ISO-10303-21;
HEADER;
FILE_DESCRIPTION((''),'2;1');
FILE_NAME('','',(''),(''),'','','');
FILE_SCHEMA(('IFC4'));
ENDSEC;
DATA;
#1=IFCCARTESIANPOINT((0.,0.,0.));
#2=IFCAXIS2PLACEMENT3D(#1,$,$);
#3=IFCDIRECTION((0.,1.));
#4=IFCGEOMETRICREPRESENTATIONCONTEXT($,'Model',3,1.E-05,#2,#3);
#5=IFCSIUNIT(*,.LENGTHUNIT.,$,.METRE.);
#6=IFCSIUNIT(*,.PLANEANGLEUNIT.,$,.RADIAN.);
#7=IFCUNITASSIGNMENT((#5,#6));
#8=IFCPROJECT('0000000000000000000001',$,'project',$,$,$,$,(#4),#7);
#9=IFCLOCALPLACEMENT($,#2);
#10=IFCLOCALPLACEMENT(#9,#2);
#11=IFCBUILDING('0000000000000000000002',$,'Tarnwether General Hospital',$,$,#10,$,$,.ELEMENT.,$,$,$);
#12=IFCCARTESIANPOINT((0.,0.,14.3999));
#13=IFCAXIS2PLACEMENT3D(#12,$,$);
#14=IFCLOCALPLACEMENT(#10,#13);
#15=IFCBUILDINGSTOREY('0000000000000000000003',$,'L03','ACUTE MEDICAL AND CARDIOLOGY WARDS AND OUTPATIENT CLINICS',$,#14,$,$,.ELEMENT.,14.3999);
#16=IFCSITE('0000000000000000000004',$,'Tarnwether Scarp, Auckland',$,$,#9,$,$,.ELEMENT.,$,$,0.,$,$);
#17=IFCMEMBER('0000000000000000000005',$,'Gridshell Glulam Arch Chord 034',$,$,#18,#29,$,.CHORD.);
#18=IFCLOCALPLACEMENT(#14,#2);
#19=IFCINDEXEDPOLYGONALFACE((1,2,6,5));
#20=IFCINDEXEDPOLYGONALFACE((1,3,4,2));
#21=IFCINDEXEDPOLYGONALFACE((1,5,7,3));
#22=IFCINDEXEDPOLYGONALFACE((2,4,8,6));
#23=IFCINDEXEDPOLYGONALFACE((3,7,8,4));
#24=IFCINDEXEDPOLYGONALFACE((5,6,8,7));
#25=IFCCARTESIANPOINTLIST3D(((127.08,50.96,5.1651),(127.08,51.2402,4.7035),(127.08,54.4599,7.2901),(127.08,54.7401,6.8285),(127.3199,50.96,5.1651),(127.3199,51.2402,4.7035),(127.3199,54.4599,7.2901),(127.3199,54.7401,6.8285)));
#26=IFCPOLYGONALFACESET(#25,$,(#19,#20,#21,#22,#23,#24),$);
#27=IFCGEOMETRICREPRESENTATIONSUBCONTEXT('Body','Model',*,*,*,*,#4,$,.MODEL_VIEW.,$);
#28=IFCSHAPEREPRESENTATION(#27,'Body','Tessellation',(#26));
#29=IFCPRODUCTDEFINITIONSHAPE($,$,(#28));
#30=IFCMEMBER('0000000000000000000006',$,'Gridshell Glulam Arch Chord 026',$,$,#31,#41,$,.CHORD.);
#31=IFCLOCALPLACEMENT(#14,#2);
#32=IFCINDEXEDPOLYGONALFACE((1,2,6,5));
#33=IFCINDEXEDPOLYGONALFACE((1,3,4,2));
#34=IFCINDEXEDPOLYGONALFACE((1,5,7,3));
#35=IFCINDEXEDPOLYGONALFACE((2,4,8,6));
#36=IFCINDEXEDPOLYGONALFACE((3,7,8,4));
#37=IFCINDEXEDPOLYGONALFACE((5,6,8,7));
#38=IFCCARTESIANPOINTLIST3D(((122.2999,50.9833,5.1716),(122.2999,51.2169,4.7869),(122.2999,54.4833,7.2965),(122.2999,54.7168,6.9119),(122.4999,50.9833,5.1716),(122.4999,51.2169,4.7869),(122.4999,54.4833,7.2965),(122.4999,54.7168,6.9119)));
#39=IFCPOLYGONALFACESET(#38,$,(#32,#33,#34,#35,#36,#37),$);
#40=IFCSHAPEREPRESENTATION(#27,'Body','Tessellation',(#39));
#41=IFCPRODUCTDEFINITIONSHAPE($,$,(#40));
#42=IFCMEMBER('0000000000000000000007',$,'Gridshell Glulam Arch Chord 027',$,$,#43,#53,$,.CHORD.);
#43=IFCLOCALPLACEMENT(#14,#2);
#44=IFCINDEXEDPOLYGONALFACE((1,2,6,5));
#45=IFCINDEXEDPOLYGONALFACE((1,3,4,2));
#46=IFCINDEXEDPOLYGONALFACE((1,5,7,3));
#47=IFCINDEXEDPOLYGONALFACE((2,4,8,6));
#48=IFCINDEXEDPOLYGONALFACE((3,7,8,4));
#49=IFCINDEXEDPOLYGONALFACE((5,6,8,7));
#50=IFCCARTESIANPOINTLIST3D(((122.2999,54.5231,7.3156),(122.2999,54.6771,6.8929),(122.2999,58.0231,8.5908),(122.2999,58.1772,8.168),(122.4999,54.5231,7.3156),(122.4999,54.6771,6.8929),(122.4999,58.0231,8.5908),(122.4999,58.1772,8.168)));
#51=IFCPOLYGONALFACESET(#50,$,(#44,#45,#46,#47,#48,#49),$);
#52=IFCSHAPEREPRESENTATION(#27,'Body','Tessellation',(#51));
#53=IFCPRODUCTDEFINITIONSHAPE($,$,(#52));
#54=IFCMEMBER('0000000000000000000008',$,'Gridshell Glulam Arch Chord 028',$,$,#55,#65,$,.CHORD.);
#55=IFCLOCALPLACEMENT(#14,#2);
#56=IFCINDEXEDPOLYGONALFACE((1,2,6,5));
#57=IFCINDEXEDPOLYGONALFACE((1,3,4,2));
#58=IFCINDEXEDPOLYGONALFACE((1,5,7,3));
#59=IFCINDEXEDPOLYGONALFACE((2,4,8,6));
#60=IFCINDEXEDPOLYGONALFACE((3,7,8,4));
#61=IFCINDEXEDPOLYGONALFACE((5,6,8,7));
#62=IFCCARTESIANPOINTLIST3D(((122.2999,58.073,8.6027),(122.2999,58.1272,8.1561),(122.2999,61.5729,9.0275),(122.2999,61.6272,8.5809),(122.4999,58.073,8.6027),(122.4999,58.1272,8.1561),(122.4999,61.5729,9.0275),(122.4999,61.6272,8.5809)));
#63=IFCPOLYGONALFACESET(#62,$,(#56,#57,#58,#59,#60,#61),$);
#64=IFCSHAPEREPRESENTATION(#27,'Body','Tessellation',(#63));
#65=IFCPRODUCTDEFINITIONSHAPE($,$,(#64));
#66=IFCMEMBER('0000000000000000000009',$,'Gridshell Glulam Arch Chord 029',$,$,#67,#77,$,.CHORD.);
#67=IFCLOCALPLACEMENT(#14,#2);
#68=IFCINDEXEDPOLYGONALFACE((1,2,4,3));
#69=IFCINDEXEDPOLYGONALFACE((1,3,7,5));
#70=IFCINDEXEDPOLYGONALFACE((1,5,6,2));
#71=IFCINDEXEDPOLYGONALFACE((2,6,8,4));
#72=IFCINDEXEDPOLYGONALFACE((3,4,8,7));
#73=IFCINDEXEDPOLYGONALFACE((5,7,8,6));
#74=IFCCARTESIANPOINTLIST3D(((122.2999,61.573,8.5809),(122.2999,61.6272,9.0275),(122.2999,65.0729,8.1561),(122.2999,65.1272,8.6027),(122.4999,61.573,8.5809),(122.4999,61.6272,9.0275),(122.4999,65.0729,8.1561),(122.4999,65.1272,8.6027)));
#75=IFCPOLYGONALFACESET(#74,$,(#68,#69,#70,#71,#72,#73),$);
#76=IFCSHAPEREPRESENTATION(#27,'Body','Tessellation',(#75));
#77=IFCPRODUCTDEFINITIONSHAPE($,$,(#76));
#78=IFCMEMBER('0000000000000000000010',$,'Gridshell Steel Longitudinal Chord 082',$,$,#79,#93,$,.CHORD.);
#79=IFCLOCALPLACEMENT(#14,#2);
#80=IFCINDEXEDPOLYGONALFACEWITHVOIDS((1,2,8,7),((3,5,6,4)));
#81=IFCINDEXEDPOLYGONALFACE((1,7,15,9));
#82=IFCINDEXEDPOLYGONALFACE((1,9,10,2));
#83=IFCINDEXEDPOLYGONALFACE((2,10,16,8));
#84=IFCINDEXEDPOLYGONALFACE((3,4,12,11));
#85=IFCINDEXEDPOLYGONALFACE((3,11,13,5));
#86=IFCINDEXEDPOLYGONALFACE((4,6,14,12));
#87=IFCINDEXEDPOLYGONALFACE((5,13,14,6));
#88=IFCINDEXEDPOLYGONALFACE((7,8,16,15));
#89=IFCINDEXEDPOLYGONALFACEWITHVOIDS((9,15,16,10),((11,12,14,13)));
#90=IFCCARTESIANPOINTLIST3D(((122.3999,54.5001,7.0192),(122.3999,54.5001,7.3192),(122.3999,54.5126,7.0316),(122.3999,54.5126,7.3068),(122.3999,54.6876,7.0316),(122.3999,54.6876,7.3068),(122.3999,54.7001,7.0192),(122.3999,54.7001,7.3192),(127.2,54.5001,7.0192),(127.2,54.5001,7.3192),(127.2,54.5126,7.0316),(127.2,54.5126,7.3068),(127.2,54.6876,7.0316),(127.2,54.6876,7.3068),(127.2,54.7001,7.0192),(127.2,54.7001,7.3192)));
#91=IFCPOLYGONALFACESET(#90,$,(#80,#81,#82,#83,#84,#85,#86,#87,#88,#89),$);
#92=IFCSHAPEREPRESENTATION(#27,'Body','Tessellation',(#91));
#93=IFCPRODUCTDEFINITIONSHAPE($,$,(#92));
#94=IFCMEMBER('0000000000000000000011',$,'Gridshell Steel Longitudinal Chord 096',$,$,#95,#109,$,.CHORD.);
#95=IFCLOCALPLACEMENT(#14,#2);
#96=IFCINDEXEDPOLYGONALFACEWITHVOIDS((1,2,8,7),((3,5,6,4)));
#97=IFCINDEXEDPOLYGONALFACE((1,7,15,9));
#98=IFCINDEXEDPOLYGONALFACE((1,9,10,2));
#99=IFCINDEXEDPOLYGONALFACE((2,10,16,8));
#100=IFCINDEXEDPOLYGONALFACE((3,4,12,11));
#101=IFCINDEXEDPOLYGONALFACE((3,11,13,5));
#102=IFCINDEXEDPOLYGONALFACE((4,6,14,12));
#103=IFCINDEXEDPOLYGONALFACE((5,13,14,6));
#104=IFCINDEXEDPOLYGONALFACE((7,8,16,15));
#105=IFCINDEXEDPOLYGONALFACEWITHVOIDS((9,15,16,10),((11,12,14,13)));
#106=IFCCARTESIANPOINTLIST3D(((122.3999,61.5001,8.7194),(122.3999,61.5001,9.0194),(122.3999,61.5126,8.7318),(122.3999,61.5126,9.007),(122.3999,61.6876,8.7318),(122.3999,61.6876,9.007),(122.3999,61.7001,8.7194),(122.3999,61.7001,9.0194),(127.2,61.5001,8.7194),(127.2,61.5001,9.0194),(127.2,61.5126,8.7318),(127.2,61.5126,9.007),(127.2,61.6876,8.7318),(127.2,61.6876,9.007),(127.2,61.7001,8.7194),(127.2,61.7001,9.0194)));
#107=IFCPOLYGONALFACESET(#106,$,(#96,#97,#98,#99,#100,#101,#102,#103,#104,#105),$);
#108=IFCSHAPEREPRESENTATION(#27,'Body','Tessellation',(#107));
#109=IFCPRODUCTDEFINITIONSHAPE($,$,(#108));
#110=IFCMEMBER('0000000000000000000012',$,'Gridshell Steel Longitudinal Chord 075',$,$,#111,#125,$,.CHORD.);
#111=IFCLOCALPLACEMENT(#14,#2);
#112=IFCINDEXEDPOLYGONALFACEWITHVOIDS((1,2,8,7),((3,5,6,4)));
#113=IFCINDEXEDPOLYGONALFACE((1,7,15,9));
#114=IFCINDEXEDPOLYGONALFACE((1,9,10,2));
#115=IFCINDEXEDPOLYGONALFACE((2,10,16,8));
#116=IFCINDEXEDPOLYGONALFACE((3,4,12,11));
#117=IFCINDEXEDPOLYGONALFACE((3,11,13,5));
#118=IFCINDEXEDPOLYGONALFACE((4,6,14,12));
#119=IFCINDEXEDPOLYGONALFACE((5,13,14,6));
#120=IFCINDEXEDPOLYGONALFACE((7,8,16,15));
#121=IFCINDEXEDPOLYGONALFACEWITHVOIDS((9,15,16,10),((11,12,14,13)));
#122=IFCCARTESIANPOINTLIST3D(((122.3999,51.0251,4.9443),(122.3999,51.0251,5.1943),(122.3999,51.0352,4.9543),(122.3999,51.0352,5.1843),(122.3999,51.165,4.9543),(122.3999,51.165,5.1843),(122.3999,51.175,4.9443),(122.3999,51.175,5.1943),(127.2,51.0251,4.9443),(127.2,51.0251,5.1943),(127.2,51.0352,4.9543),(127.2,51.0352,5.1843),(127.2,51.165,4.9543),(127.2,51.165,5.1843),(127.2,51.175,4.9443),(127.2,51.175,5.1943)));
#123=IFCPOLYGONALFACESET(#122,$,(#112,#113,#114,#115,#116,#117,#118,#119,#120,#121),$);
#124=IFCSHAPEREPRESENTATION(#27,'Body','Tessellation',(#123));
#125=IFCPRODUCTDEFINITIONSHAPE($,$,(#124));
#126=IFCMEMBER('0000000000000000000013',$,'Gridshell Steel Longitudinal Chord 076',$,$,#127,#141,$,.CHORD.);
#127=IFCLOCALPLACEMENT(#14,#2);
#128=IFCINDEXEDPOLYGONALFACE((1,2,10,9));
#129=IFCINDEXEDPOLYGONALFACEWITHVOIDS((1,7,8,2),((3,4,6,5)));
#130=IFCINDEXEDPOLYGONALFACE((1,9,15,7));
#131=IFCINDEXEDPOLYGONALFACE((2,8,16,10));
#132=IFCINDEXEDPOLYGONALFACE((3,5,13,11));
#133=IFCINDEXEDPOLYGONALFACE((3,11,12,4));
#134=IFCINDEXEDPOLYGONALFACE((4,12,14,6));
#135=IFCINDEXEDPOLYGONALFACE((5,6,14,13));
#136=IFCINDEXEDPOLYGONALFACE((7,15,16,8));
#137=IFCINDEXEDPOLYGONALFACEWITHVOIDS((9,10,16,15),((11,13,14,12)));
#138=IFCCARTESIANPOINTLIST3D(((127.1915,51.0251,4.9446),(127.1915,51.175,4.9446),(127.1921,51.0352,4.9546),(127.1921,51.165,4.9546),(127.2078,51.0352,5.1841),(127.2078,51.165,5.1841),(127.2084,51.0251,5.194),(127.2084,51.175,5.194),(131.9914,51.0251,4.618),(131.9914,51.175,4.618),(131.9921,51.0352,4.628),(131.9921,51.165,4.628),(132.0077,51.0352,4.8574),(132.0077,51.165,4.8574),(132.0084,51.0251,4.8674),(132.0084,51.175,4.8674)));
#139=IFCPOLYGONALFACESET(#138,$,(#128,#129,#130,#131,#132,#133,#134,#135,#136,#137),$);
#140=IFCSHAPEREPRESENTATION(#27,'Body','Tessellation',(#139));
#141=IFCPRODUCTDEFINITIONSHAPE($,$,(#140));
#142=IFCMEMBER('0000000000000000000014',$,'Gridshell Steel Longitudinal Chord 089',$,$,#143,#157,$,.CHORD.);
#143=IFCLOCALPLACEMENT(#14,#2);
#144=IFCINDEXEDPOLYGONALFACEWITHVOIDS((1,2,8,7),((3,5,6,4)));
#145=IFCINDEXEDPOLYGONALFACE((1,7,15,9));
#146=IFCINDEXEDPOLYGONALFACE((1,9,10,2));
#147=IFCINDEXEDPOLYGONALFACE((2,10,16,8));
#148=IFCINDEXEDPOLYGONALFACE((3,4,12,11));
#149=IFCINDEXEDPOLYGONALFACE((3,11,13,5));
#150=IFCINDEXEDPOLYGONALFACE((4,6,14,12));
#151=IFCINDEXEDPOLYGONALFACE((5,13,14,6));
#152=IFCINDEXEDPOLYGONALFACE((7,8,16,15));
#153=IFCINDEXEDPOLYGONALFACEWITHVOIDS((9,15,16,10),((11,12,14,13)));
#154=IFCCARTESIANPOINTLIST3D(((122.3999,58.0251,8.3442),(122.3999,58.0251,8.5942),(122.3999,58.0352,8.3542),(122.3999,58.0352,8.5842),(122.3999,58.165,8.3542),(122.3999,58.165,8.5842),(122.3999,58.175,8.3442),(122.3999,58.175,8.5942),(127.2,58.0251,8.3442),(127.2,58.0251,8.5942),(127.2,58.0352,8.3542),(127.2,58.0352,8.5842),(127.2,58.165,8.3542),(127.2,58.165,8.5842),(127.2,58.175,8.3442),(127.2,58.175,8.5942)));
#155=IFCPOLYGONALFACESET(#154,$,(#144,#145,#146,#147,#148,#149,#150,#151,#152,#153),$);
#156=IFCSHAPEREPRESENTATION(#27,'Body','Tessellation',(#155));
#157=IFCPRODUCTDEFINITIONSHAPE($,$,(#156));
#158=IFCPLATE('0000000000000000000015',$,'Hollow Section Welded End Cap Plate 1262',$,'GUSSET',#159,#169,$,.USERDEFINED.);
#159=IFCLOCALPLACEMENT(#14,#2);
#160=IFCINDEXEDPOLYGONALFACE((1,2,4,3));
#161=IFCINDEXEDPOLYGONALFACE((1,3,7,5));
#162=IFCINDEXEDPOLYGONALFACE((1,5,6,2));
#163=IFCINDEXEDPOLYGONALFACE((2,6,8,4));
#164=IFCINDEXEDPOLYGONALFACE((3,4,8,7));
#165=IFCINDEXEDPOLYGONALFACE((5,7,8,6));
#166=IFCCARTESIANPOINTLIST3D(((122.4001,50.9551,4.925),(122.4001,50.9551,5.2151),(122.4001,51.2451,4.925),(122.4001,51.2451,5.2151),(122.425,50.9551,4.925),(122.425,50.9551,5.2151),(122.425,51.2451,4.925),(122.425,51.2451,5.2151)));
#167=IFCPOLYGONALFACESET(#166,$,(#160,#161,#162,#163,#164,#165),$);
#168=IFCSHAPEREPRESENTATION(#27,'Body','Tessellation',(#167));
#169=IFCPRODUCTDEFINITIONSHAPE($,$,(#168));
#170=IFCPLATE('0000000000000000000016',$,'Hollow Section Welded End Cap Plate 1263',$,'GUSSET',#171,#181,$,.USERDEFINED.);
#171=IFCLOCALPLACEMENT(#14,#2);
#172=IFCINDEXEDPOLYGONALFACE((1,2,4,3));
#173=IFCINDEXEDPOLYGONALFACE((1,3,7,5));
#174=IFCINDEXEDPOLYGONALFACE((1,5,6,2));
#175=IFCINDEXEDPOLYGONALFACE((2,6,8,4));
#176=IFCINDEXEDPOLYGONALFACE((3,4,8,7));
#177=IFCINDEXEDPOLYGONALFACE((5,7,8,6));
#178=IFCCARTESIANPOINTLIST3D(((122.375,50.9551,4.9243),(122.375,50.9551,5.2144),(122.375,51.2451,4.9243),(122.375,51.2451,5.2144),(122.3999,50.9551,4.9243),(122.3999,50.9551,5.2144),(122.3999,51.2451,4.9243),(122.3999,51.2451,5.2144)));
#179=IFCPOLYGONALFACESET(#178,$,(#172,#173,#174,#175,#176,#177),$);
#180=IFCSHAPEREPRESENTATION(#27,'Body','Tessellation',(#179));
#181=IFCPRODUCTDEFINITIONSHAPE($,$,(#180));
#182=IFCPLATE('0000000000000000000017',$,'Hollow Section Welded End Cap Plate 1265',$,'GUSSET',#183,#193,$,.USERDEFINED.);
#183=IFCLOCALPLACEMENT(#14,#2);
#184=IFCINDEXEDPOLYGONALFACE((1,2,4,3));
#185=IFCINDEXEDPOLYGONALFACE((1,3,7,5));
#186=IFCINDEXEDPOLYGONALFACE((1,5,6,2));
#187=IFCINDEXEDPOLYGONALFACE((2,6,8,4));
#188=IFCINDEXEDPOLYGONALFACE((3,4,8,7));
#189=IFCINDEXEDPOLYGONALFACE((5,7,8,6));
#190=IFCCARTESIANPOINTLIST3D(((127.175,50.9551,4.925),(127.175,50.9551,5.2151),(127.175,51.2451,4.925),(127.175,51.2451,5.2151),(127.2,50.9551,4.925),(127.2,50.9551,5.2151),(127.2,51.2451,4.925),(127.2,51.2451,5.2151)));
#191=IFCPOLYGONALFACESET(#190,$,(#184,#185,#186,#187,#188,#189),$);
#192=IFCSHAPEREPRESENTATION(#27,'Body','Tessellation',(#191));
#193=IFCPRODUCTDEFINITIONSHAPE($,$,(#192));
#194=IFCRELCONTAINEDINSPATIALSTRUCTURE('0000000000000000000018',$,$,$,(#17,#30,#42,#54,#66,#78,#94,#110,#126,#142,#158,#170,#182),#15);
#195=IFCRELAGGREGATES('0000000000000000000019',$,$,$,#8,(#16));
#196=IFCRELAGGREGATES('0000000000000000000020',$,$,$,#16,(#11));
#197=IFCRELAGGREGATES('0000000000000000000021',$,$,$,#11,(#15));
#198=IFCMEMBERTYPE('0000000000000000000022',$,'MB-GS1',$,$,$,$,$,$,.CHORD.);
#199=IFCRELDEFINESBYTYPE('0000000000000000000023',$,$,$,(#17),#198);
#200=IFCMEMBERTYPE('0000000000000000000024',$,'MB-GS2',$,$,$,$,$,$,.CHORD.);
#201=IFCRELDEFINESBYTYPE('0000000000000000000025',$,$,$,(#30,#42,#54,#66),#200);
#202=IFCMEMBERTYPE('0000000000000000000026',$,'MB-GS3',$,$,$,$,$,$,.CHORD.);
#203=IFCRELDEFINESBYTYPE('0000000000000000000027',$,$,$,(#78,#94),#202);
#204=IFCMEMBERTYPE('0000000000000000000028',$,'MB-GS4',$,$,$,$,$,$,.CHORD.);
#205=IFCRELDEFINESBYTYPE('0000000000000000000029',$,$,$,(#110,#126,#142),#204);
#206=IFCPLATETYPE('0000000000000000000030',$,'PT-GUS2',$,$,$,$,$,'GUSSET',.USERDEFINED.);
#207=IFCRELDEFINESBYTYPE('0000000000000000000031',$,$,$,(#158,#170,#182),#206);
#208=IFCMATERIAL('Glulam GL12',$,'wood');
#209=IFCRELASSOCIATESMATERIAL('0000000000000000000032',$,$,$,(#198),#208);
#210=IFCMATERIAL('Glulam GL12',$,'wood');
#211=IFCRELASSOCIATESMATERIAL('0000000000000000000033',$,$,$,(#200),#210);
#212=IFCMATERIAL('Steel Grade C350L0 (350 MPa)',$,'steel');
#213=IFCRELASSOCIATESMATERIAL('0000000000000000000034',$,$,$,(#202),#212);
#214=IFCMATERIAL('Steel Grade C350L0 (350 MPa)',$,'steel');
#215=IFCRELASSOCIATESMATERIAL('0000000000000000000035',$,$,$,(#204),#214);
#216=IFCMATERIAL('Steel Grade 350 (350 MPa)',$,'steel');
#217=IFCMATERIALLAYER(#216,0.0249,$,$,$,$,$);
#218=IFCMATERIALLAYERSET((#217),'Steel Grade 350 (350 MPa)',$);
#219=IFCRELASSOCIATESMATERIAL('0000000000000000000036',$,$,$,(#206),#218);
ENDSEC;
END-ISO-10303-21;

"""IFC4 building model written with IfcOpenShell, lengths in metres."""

from ifc_helpers import new_model, si_unit, direction, frame, origin, origin_2d, place, context, subcontext, project, spatial, rectangle, hollow_rectangle, extrude, material, layer, layer_set, material_profile, profile_set, type_object, element, save


model = new_model("IFC4")

# Units and contexts
model_context = context("Model", 3, precision=1e-05, world=origin(), true_north=direction((0.0, 1.0)))
body_context = subcontext(model_context, "Body", "Model", "MODEL_VIEW")
ifc_project = project(units=[si_unit("LENGTHUNIT", "METRE"), si_unit("PLANEANGLEUNIT", "RADIAN")], contexts=[model_context])

# Site, building, storey
site_placement = place(None, origin())
site = spatial("IfcSite", under=ifc_project, at=site_placement, Name="Tarnwether Scarp, Auckland", CompositionType="ELEMENT", RefElevation=0.0)
building_placement = place(site_placement, origin())
building = spatial("IfcBuilding", under=site, at=building_placement, Name="Tarnwether General Hospital", CompositionType="ELEMENT")
storey_placement = place(building_placement, frame((0.0, 0.0, 14.3999)))
storey = spatial("IfcBuildingStorey", under=building, at=storey_placement, Name="L03", Description="ACUTE MEDICAL AND CARDIOLOGY WARDS AND OUTPATIENT CLINICS", CompositionType="ELEMENT", Elevation=14.3999)

# Members
ifc_material_1 = material(Name="Glulam GL12", Category="wood")
ifc_material_profile_1 = material_profile(ifc_material_1, rectangle(XDim=0.24, YDim=0.54, at=origin_2d()), Name="GL12-240x540")
ifc_profile_set_1 = profile_set([ifc_material_profile_1], Name="Glulam GL12")
member_type_1 = type_object("IfcMemberType", Name="MB-GS1", PredefinedType="CHORD", material=ifc_profile_set_1)
member_1_placement = place(storey_placement, frame((127.2, 51.1001, 4.9343), z_axis=(0.0, 0.854788, 0.518978), x_axis=(-1.0, 0.0, 0.0)))
element("IfcMember", 1, at=member_1_placement, inside=storey, type_object=member_type_1, Name="Gridshell Glulam Arch Chord 034", PredefinedType="CHORD", context=body_context, shape_type="SweptSolid", body=[
    extrude(rectangle(XDim=0.24, YDim=0.54, at=origin_2d()), origin(), (0.0, 0.0, 1.0), 4.0945),
])
ifc_material_2 = material(Name="Glulam GL12", Category="wood")
ifc_material_profile_2 = material_profile(ifc_material_2, rectangle(XDim=0.2, YDim=0.45, at=origin_2d()), Name="GL12-200x450")
ifc_profile_set_2 = profile_set([ifc_material_profile_2], Name="Glulam GL12")
member_type_2 = type_object("IfcMemberType", Name="MB-GS2", PredefinedType="CHORD", material=ifc_profile_set_2)
member_2_placement = place(storey_placement, frame((122.3999, 51.1001, 4.9792), z_axis=(0.0, 0.854788, 0.518978), x_axis=(-1.0, 0.0, 0.0)))
element("IfcMember", 2, at=member_2_placement, inside=storey, type_object=member_type_2, Name="Gridshell Glulam Arch Chord 026", PredefinedType="CHORD", context=body_context, shape_type="SweptSolid", body=[
    extrude(rectangle(XDim=0.2, YDim=0.45, at=origin_2d()), origin(), (0.0, 0.0, 1.0), 4.0945),
])
member_3_placement = place(storey_placement, frame((122.3999, 54.6001, 7.1042), z_axis=(0.0, 0.939585, 0.342317), x_axis=(-1.0, 0.0, 0.0)))
element("IfcMember", 3, at=member_3_placement, inside=storey, type_object=member_type_2, Name="Gridshell Glulam Arch Chord 027", PredefinedType="CHORD", context=body_context, shape_type="SweptSolid", body=[
    extrude(rectangle(XDim=0.2, YDim=0.45, at=origin_2d()), origin(), (0.0, 0.0, 1.0), 3.7251),
])
for number, where, z_axis, x_axis, name in (
    (4, (122.3999, 58.1001, 8.3794), (0.0, 0.992715, 0.120489), (-1.0, 0.0, 0.0), "Gridshell Glulam Arch Chord 028"),
    (5, (122.3999, 61.6001, 8.8042), (0.0, 0.992715, -0.120489), (-1.0, 0.0, 0.0), "Gridshell Glulam Arch Chord 029"),
):
    element("IfcMember", number, at=place(storey_placement, frame(where, z_axis=z_axis, x_axis=x_axis)), inside=storey, type_object=member_type_2, Name=name, PredefinedType="CHORD", context=body_context, shape_type="SweptSolid", body=[
        extrude(rectangle(XDim=0.2, YDim=0.45, at=origin_2d()), origin(), (0.0, 0.0, 1.0), 3.5256),
    ])
ifc_material_3 = material(Name="Steel Grade C350L0 (350 MPa)", Category="steel")
ifc_material_profile_3 = material_profile(ifc_material_3, hollow_rectangle(XDim=0.2, YDim=0.3, WallThickness=0.0125, at=origin_2d()), Name="RHS300x200x12.5")
ifc_profile_set_3 = profile_set([ifc_material_profile_3], Name="Steel Grade C350L0 (350 MPa)")
member_type_3 = type_object("IfcMemberType", Name="MB-GS3", PredefinedType="CHORD", material=ifc_profile_set_3)
for number, where, z_axis, x_axis, name in (
    (6, (122.3999, 54.6001, 7.1692), (1.0, 0.0, 0.0), (0.0, 1.0, 0.0), "Gridshell Steel Longitudinal Chord 082"),
    (7, (122.3999, 61.6001, 8.8694), (1.0, 0.0, 0.0), (0.0, 1.0, 0.0), "Gridshell Steel Longitudinal Chord 096"),
):
    element("IfcMember", number, at=place(storey_placement, frame(where, z_axis=z_axis, x_axis=x_axis)), inside=storey, type_object=member_type_3, Name=name, PredefinedType="CHORD", context=body_context, shape_type="SweptSolid", body=[
        extrude(hollow_rectangle(XDim=0.2, YDim=0.3, WallThickness=0.0125, at=origin_2d()), origin(), (0.0, 0.0, 1.0), 4.8),
    ])
ifc_material_4 = material(Name="Steel Grade C350L0 (350 MPa)", Category="steel")
ifc_material_profile_4 = material_profile(ifc_material_4, hollow_rectangle(XDim=0.1499, YDim=0.25, WallThickness=0.01, at=origin_2d()), Name="RHS250x150x10")
ifc_profile_set_4 = profile_set([ifc_material_profile_4], Name="Steel Grade C350L0 (350 MPa)")
member_type_4 = type_object("IfcMemberType", Name="MB-GS4", PredefinedType="CHORD", material=ifc_profile_set_4)
member_4_placement = place(storey_placement, frame((122.3999, 51.1001, 5.0693), z_axis=(1.0, 0.0, 0.0), x_axis=(0.0, 1.0, 0.0)))
element("IfcMember", 8, at=member_4_placement, inside=storey, type_object=member_type_4, Name="Gridshell Steel Longitudinal Chord 075", PredefinedType="CHORD", context=body_context, shape_type="SweptSolid", body=[
    extrude(hollow_rectangle(XDim=0.1499, YDim=0.25, WallThickness=0.01, at=origin_2d()), origin(), (0.0, 0.0, 1.0), 4.8),
])
member_5_placement = place(storey_placement, frame((127.2, 51.1001, 5.0693), z_axis=(0.997692, 0.0, -0.067896), x_axis=(0.0, 1.0, 0.0)))
element("IfcMember", 9, at=member_5_placement, inside=storey, type_object=member_type_4, Name="Gridshell Steel Longitudinal Chord 076", PredefinedType="CHORD", context=body_context, shape_type="SweptSolid", body=[
    extrude(hollow_rectangle(XDim=0.1499, YDim=0.25, WallThickness=0.01, at=origin_2d()), origin(), (0.0, 0.0, 1.0), 4.811),
])
member_6_placement = place(storey_placement, frame((122.3999, 58.1001, 8.4692), z_axis=(1.0, 0.0, 0.0), x_axis=(0.0, 1.0, 0.0)))
element("IfcMember", 10, at=member_6_placement, inside=storey, type_object=member_type_4, Name="Gridshell Steel Longitudinal Chord 089", PredefinedType="CHORD", context=body_context, shape_type="SweptSolid", body=[
    extrude(hollow_rectangle(XDim=0.1499, YDim=0.25, WallThickness=0.01, at=origin_2d()), origin(), (0.0, 0.0, 1.0), 4.8),
])

# Plates
ifc_material_5 = material(Name="Steel Grade 350 (350 MPa)", Category="steel")
ifc_layer_1 = layer(ifc_material_5, 0.0249)
ifc_layer_set_1 = layer_set([ifc_layer_1], Name="Steel Grade 350 (350 MPa)")
plate_type_1 = type_object("IfcPlateType", Name="PT-GUS2", ElementType="GUSSET", PredefinedType="USERDEFINED", material=ifc_layer_set_1)
for number, where, z_axis, x_axis, name in (
    (11, (122.4126, 51.1001, 4.925), (0.0, 0.0, 1.0), (1.0, 0.0, 0.0), "Hollow Section Welded End Cap Plate 1262"),
    (12, (122.3875, 51.1001, 4.9243), (0.0, 0.0, 1.0), (1.0, 0.0, 0.0), "Hollow Section Welded End Cap Plate 1263"),
    (13, (127.1875, 51.1001, 4.925), (0.0, 0.0, 1.0), (1.0, 0.0, 0.0), "Hollow Section Welded End Cap Plate 1265"),
):
    element("IfcPlate", number, at=place(storey_placement, frame(where, z_axis=z_axis, x_axis=x_axis)), inside=storey, type_object=plate_type_1, Name=name, ObjectType="GUSSET", PredefinedType="USERDEFINED", context=body_context, shape_type="SweptSolid", body=[
        extrude(rectangle(XDim=0.0249, YDim=0.29, at=origin_2d()), origin(), (0.0, 0.0, 1.0), 0.29),
    ])

save(model, "model.ifc")
